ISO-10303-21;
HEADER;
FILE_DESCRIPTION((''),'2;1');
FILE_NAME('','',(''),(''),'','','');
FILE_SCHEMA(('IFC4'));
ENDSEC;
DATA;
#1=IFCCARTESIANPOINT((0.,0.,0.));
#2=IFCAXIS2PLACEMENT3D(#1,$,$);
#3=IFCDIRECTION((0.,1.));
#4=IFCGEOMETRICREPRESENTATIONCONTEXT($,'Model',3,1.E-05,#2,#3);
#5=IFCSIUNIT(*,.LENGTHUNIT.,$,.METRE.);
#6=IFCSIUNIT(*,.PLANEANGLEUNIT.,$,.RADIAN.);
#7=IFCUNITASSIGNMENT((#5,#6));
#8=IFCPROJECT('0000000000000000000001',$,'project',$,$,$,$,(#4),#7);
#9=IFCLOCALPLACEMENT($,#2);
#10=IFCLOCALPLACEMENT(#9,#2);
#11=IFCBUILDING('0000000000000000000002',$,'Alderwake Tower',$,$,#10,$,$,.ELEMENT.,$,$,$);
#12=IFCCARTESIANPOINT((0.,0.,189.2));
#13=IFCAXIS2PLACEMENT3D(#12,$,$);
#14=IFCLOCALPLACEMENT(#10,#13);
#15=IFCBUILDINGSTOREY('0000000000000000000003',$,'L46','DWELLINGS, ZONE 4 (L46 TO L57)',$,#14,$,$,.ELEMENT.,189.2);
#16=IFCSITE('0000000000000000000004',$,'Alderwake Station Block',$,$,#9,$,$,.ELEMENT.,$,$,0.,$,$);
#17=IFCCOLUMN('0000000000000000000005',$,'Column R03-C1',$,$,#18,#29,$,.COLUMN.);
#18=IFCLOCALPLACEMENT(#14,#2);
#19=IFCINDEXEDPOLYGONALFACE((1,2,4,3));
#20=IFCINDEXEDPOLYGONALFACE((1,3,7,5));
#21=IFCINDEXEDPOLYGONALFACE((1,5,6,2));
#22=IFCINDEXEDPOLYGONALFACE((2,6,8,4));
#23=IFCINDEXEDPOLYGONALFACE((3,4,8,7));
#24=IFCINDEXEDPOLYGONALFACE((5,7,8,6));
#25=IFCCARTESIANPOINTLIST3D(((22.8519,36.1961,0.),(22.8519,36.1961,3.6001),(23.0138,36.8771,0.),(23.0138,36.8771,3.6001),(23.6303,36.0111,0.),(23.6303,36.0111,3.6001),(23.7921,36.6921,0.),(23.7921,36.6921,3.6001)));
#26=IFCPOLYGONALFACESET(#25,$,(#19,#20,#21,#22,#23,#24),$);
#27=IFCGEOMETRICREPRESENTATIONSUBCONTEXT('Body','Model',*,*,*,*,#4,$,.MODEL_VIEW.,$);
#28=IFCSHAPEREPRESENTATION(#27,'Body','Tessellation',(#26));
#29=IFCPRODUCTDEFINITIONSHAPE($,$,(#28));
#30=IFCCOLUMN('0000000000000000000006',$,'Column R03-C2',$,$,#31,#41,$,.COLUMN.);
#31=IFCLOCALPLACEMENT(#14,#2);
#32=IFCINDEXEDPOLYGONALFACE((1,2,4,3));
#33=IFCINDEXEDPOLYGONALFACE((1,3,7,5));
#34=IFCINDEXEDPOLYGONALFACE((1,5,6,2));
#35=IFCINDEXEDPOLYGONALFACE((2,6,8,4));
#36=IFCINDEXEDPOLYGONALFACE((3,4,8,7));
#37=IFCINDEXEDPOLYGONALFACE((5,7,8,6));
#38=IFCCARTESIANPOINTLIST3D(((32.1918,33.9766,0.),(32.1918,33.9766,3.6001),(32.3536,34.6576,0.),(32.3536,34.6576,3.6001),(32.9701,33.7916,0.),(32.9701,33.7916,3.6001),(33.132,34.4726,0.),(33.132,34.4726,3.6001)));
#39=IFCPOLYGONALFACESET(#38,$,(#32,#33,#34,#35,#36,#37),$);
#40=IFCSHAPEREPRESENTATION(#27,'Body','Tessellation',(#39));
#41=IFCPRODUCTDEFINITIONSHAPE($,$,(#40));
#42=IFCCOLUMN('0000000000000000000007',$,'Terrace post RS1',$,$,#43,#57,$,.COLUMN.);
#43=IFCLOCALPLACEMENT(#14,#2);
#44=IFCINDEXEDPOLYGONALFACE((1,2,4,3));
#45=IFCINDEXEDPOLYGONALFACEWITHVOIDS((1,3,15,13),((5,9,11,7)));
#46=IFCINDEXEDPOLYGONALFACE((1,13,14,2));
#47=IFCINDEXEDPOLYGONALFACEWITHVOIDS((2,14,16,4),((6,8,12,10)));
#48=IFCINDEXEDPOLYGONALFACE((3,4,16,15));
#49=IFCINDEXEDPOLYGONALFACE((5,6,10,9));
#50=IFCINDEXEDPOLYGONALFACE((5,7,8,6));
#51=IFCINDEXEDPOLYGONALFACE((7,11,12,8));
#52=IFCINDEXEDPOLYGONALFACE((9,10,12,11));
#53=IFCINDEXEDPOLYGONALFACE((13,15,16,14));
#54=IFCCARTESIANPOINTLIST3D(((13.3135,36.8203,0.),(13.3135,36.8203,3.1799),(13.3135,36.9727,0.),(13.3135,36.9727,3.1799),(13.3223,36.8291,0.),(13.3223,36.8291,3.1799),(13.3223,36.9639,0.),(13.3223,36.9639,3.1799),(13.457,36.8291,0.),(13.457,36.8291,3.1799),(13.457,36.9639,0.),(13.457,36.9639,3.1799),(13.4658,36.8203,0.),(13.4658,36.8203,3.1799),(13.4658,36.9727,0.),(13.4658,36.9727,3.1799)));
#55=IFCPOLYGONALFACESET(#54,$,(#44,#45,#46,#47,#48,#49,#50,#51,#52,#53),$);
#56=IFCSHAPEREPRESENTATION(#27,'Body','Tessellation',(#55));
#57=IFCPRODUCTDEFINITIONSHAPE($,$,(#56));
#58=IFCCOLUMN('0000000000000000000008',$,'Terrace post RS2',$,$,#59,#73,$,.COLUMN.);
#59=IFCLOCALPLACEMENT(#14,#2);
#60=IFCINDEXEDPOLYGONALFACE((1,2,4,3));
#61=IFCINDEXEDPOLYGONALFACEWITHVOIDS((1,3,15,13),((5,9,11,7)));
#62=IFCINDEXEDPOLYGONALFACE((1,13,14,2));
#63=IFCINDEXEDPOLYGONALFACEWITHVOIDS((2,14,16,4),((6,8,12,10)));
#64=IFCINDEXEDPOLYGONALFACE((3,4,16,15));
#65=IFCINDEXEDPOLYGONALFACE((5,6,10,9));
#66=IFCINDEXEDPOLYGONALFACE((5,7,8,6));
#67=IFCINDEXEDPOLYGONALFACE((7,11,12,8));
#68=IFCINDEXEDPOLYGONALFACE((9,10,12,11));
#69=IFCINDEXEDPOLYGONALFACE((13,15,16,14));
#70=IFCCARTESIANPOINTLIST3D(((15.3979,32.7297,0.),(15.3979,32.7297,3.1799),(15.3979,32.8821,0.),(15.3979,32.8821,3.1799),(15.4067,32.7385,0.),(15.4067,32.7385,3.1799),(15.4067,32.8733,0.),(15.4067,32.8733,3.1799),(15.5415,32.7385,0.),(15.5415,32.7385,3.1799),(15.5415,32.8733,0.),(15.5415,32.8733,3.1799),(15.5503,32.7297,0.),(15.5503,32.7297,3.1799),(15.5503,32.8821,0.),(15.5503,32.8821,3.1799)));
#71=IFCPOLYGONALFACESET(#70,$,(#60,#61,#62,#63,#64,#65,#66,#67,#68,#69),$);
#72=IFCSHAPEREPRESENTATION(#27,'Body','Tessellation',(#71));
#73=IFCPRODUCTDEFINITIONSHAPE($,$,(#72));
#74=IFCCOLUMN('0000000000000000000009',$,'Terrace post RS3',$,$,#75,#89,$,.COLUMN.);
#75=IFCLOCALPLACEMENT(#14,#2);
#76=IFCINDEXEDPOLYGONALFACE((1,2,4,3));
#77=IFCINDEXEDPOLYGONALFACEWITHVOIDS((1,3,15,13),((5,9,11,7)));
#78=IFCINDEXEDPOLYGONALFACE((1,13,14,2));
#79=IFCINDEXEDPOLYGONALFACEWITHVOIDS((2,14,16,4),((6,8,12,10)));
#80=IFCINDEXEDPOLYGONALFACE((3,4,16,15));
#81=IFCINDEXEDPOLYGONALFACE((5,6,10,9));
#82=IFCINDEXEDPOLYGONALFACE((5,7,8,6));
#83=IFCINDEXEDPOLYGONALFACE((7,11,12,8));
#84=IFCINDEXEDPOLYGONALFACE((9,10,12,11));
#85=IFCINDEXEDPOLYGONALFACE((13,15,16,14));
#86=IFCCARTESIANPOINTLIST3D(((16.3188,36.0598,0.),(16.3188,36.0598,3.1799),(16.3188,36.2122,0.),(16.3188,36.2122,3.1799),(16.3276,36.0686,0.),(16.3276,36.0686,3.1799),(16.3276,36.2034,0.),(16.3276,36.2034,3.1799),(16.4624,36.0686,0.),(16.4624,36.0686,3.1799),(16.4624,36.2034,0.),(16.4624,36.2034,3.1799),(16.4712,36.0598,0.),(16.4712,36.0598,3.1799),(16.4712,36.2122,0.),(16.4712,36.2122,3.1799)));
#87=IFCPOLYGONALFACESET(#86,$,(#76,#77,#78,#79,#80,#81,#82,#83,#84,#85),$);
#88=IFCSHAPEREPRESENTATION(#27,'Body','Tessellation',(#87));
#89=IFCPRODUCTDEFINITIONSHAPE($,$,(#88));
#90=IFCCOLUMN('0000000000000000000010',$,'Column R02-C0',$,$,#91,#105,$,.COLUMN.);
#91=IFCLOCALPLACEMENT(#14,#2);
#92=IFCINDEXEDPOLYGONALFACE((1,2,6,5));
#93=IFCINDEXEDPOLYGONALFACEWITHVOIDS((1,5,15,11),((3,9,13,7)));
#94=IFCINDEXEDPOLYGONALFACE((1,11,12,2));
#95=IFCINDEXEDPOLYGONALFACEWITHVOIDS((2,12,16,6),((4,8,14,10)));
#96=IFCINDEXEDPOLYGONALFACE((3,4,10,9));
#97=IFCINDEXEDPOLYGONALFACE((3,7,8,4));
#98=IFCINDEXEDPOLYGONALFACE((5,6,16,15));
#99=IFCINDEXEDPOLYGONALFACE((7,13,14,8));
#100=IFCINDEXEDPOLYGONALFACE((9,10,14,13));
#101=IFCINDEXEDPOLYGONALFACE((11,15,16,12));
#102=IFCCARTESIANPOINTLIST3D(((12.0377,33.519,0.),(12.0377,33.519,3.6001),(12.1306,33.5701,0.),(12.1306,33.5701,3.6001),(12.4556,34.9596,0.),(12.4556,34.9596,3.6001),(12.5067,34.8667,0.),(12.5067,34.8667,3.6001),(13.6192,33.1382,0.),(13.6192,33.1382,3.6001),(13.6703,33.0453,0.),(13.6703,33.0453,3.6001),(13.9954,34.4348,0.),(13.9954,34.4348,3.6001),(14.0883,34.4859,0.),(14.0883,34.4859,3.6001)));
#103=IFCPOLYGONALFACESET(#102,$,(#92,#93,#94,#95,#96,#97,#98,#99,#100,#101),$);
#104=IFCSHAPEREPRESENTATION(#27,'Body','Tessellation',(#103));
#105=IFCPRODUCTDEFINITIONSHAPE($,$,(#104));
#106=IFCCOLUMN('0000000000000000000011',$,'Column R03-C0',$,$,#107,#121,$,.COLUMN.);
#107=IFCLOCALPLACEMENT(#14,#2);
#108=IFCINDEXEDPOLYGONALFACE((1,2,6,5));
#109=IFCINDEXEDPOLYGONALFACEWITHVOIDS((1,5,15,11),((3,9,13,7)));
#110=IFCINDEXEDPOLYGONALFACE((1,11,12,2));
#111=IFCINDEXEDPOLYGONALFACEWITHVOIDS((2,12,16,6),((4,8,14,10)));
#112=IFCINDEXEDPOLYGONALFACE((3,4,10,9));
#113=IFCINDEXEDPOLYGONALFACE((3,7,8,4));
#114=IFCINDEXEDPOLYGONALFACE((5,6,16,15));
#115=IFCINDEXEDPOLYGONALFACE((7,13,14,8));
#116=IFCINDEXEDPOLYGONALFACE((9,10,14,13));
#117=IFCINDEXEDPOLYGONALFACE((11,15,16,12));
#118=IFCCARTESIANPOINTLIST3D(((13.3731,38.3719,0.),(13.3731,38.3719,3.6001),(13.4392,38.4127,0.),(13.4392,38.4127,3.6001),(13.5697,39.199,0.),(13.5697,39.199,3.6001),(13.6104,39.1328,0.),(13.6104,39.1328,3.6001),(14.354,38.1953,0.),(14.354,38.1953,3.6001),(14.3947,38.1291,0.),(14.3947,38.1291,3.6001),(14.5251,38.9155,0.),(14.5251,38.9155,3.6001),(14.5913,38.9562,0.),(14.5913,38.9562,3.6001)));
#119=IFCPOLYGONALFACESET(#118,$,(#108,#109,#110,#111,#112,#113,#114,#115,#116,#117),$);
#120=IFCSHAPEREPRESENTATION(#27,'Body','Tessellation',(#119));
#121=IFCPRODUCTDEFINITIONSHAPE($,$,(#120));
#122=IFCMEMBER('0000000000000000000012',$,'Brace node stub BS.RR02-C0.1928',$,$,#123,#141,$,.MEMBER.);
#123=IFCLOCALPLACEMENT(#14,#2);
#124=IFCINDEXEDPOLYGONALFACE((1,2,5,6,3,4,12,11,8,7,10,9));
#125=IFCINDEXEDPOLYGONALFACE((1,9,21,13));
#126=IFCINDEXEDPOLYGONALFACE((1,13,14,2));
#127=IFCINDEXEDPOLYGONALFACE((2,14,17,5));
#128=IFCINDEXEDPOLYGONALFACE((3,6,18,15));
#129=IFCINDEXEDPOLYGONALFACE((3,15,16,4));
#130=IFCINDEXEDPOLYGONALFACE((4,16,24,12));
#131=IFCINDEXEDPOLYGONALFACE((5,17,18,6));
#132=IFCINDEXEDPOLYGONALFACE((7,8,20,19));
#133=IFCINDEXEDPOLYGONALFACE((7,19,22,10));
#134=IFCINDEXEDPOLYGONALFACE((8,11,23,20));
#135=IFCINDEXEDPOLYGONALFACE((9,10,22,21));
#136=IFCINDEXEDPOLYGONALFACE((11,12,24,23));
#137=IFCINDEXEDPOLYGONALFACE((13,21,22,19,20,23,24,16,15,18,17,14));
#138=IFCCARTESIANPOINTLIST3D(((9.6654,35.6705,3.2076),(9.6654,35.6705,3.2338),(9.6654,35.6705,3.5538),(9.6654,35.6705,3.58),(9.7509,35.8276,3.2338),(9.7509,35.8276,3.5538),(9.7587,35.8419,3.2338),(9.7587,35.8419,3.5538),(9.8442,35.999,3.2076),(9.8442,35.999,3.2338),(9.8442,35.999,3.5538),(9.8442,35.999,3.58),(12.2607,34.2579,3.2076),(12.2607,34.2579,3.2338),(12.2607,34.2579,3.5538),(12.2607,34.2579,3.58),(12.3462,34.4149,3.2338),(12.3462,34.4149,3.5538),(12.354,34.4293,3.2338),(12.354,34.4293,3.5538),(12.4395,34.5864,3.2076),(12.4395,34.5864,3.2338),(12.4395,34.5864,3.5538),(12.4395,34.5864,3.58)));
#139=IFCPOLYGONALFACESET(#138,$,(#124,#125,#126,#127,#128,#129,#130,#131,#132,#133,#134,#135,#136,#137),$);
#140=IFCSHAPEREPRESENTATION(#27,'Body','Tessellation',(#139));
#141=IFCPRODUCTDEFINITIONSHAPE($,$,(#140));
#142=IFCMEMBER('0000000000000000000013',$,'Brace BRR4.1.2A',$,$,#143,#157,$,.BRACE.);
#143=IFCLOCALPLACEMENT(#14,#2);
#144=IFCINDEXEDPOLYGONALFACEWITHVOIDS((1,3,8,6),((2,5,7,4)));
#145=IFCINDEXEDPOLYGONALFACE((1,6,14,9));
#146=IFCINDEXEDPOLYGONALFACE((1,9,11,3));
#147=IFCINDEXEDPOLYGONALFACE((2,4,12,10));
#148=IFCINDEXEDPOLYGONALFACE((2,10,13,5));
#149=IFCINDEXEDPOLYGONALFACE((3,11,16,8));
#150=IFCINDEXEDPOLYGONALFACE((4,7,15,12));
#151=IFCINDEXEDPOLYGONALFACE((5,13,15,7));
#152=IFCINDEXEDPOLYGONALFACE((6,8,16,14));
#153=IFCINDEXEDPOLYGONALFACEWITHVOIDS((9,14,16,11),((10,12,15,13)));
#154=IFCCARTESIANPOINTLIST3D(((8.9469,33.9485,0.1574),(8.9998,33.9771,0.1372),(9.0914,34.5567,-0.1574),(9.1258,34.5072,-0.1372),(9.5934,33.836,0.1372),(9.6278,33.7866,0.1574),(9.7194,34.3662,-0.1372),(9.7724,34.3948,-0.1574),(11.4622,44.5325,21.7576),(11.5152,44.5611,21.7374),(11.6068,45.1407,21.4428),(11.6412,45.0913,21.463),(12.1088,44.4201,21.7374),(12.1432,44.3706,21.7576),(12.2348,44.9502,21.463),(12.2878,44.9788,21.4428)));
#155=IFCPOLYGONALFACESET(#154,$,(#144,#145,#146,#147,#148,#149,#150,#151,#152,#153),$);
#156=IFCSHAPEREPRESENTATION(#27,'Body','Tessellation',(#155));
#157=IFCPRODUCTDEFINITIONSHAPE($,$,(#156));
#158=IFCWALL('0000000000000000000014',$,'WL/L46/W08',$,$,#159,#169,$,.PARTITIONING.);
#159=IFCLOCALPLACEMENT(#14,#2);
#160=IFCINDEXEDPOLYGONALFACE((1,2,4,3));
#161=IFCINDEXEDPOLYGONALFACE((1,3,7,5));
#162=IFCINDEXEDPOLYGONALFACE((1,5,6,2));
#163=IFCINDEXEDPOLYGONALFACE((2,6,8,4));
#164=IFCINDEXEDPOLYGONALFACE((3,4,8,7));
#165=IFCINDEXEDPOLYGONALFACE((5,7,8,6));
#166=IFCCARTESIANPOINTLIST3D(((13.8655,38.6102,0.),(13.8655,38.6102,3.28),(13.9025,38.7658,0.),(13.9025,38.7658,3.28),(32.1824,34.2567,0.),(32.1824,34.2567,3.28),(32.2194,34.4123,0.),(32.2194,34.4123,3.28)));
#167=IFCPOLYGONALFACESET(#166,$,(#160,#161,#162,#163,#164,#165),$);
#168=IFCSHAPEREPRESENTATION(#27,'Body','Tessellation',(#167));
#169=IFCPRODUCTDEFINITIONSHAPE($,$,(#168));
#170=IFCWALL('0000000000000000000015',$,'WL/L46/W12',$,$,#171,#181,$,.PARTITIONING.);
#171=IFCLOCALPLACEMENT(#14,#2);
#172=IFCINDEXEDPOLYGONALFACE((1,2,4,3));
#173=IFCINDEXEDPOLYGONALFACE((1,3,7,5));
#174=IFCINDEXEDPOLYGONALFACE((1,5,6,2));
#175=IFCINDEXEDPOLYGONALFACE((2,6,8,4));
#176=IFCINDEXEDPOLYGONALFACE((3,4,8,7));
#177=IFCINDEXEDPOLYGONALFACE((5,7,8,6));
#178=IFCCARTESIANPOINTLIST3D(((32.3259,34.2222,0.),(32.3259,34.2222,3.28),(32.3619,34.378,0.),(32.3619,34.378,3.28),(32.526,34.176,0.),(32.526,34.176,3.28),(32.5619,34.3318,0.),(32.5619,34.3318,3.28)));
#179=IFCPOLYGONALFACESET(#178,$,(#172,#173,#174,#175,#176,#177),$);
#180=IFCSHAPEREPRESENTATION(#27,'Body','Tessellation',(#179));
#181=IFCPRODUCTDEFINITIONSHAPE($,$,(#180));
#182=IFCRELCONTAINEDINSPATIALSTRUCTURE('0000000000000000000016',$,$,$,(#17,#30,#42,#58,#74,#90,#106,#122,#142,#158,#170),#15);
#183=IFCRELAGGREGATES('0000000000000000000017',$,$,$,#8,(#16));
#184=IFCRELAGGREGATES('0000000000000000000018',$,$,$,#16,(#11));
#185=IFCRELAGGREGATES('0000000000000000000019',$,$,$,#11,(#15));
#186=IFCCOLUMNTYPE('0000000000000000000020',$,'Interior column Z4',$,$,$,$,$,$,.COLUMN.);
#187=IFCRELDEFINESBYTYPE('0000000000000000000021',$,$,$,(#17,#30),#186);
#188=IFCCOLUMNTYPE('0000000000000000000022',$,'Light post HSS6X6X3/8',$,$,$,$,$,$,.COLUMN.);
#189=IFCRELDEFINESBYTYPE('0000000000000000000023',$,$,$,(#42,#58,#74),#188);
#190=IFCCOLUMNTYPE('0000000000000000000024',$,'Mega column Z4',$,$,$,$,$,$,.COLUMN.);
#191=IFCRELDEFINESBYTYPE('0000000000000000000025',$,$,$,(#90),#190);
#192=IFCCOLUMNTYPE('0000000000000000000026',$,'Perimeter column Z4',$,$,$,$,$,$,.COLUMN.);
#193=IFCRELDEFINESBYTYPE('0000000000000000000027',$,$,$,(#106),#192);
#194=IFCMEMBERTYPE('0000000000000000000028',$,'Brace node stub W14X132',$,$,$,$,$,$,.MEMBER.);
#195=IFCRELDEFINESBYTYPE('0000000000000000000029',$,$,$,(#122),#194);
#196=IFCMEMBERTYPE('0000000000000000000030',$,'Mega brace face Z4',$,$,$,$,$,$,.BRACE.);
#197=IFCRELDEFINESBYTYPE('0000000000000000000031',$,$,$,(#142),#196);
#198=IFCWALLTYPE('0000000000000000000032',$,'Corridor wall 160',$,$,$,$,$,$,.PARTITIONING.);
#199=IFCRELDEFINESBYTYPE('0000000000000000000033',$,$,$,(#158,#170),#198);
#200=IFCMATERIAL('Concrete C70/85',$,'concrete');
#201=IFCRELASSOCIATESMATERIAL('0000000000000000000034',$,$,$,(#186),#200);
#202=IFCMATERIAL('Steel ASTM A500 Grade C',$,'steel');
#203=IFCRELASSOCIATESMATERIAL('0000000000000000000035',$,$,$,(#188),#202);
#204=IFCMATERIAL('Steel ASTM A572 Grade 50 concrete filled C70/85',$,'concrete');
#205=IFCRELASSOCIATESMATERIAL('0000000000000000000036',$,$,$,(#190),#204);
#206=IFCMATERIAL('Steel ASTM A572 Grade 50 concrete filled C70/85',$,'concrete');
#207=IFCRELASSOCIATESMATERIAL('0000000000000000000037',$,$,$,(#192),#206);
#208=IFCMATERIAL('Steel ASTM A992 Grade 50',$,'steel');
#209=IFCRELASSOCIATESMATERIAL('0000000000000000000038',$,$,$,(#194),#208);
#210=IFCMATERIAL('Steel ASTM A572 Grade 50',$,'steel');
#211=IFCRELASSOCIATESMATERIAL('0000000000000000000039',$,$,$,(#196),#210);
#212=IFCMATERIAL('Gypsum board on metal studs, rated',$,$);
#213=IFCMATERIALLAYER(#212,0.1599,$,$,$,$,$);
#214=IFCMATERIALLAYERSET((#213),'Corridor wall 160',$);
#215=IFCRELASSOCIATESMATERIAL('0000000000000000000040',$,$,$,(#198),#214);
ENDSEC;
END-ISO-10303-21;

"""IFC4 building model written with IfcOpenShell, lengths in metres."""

from ifc_helpers import new_model, si_unit, direction, frame, frame_2d, origin, origin_2d, place, context, subcontext, project, spatial, rectangle, hollow_rectangle, i_section, extrude, material, layer, layer_set, material_profile, profile_set, type_object, element, save


model = new_model("IFC4")

# Units and contexts
model_context = context("Model", 3, precision=1e-05, world=origin(), true_north=direction((0.0, 1.0)))
body_context = subcontext(model_context, "Body", "Model", "MODEL_VIEW")
ifc_project = project(units=[si_unit("LENGTHUNIT", "METRE"), si_unit("PLANEANGLEUNIT", "RADIAN")], contexts=[model_context])

# Site, building, storey
site_placement = place(None, origin())
site = spatial("IfcSite", under=ifc_project, at=site_placement, Name="Alderwake Station Block", CompositionType="ELEMENT", RefElevation=0.0)
building_placement = place(site_placement, origin())
building = spatial("IfcBuilding", under=site, at=building_placement, Name="Alderwake Tower", CompositionType="ELEMENT")
storey_placement = place(building_placement, frame((0.0, 0.0, 189.2)))
storey = spatial("IfcBuildingStorey", under=building, at=storey_placement, Name="L46", Description="DWELLINGS, ZONE 4 (L46 TO L57)", CompositionType="ELEMENT", Elevation=189.2)

# Columns
ifc_material_1 = material(Name="Concrete C70/85", Category="concrete")
ifc_material_profile_1 = material_profile(ifc_material_1, rectangle(XDim=0.7, YDim=0.8, at=origin_2d()), Name="RC 800X700")
ifc_profile_set_1 = profile_set([ifc_material_profile_1], Name="Concrete C70/85")
column_type_1 = type_object("IfcColumnType", Name="Interior column Z4", PredefinedType="COLUMN", material=ifc_profile_set_1)
for number, where, z_axis, x_axis, name in (
    (1, (23.322, 36.4441, 0.0), (0.0, 0.0, 1.0), (0.231222, 0.972901, 0.0), "Column R03-C1"),
    (2, (32.6619, 34.2246, 0.0), (0.0, 0.0, 1.0), (0.231222, 0.972901, 0.0), "Column R03-C2"),
):
    element("IfcColumn", number, at=place(storey_placement, frame(where, z_axis=z_axis, x_axis=x_axis)), inside=storey, type_object=column_type_1, Name=name, PredefinedType="COLUMN", context=body_context, shape_type="SweptSolid", body=[
        extrude(rectangle(XDim=0.7, YDim=0.8, at=origin_2d()), origin(), (0.0, 0.0, 1.0), 3.6001),
    ])
ifc_material_2 = material(Name="Steel ASTM A500 Grade C", Category="steel")
ifc_material_profile_2 = material_profile(ifc_material_2, hollow_rectangle(XDim=0.1523, YDim=0.1523, WallThickness=0.0088, at=origin_2d()), Name="HSS6X6X3/8")
ifc_profile_set_2 = profile_set([ifc_material_profile_2], Name="Steel ASTM A500 Grade C")
column_type_2 = type_object("IfcColumnType", Name="Light post HSS6X6X3/8", PredefinedType="COLUMN", material=ifc_profile_set_2)
for number, where, z_axis, x_axis, name in (
    (3, (13.3896, 36.8965, 0.0), (0.0, 0.0, 1.0), (1.0, 0.0, 0.0), "Terrace post RS1"),
    (4, (15.4741, 32.8059, 0.0), (0.0, 0.0, 1.0), (1.0, 0.0, 0.0), "Terrace post RS2"),
    (5, (16.395, 36.136, 0.0), (0.0, 0.0, 1.0), (1.0, 0.0, 0.0), "Terrace post RS3"),
):
    element("IfcColumn", number, at=place(storey_placement, frame(where, z_axis=z_axis, x_axis=x_axis)), inside=storey, type_object=column_type_2, Name=name, PredefinedType="COLUMN", context=body_context, shape_type="SweptSolid", body=[
        extrude(hollow_rectangle(XDim=0.1523, YDim=0.1523, WallThickness=0.0088, at=origin_2d()), origin(), (0.0, 0.0, 1.0), 3.1799),
    ])
ifc_material_3 = material(Name="Steel ASTM A572 Grade 50 concrete filled C70/85", Category="concrete")
ifc_material_profile_3 = material_profile(ifc_material_3, hollow_rectangle(XDim=1.5, YDim=1.7, WallThickness=0.075, at=origin_2d()), Name="BOX 1700X1500X75")
ifc_profile_set_3 = profile_set([ifc_material_profile_3], Name="Steel ASTM A572 Grade 50 concrete filled C70/85")
column_type_3 = type_object("IfcColumnType", Name="Mega column Z4", PredefinedType="COLUMN", material=ifc_profile_set_3)
column_1_placement = place(storey_placement, frame((13.063, 34.0024, 0.0), z_axis=(0.0, 0.0, 1.0), x_axis=(0.278612, 0.960404, 0.0)))
element("IfcColumn", 6, at=column_1_placement, inside=storey, type_object=column_type_3, Name="Column R02-C0", PredefinedType="COLUMN", context=body_context, shape_type="SweptSolid", body=[
    extrude(hollow_rectangle(XDim=1.5, YDim=1.7, WallThickness=0.075, at=origin_2d()), origin(), (0.0, 0.0, 1.0), 3.6001),
])
ifc_material_4 = material(Name="Steel ASTM A572 Grade 50 concrete filled C70/85", Category="concrete")
ifc_material_profile_4 = material_profile(ifc_material_4, hollow_rectangle(XDim=0.8501, YDim=1.05, WallThickness=0.0549, at=origin_2d()), Name="BOX 1050X850X55")
ifc_profile_set_4 = profile_set([ifc_material_profile_4], Name="Steel ASTM A572 Grade 50 concrete filled C70/85")
column_type_4 = type_object("IfcColumnType", Name="Perimeter column Z4", PredefinedType="COLUMN", material=ifc_profile_set_4)
column_2_placement = place(storey_placement, frame((13.9822, 38.6641, 0.0), z_axis=(0.0, 0.0, 1.0), x_axis=(0.231222, 0.972901, 0.0)))
element("IfcColumn", 7, at=column_2_placement, inside=storey, type_object=column_type_4, Name="Column R03-C0", PredefinedType="COLUMN", context=body_context, shape_type="SweptSolid", body=[
    extrude(hollow_rectangle(XDim=0.8501, YDim=1.05, WallThickness=0.0549, at=origin_2d()), origin(), (0.0, 0.0, 1.0), 3.6001),
])

# Members
ifc_material_5 = material(Name="Steel ASTM A992 Grade 50", Category="steel")
ifc_material_profile_5 = material_profile(ifc_material_5, i_section(OverallWidth=0.374, OverallDepth=0.3723, WebThickness=0.0164, FlangeThickness=0.0261, at=origin_2d()), Name="W14X132")
ifc_profile_set_5 = profile_set([ifc_material_profile_5], Name="Steel ASTM A992 Grade 50")
member_type_1 = type_object("IfcMemberType", Name="Brace node stub W14X132", PredefinedType="MEMBER", material=ifc_profile_set_5)
member_1_placement = place(storey_placement, frame((12.3501, 34.4221, 3.3938), z_axis=(-0.878318, 0.478076, 0.0), x_axis=(-0.478076, -0.878318, 0.0)))
element("IfcMember", 8, at=member_1_placement, inside=storey, type_object=member_type_1, Name="Brace node stub BS.RR02-C0.1928", PredefinedType="MEMBER", context=body_context, shape_type="SweptSolid", body=[
    extrude(i_section(OverallWidth=0.374, OverallDepth=0.3723, WebThickness=0.0164, FlangeThickness=0.0261, at=origin_2d()), origin(), (0.0, 0.0, 1.0), 2.9548),
])
ifc_material_6 = material(Name="Steel ASTM A572 Grade 50", Category="steel")
ifc_material_profile_6 = material_profile(ifc_material_6, hollow_rectangle(XDim=0.7, YDim=0.7, WallThickness=0.0449, at=origin_2d()), Name="BOX 700X700X45")
ifc_profile_set_6 = profile_set([ifc_material_profile_6], Name="Steel ASTM A572 Grade 50")
member_type_2 = type_object("IfcMemberType", Name="Mega brace face Z4", PredefinedType="BRACE", material=ifc_profile_set_6)
member_2_placement = place(storey_placement, frame((9.3596, 34.1716, 0.0), z_axis=(0.104006, 0.437627, 0.893121), x_axis=(-0.972902, 0.231219, 0.0)))
element("IfcMember", 9, at=member_2_placement, inside=storey, type_object=member_type_2, Name="Brace BRR4.1.2A", PredefinedType="BRACE", context=body_context, shape_type="SweptSolid", body=[
    extrude(hollow_rectangle(XDim=0.7, YDim=0.7, WallThickness=0.0449, at=origin_2d()), origin(), (0.0, 0.0, 1.0), 24.1851),
])

# Walls
ifc_material_7 = material(Name="Gypsum board on metal studs, rated")
ifc_layer_1 = layer(ifc_material_7, 0.1599)
ifc_layer_set_1 = layer_set([ifc_layer_1], Name="Corridor wall 160")
wall_type_1 = type_object("IfcWallType", Name="Corridor wall 160", PredefinedType="PARTITIONING", material=ifc_layer_set_1)
wall_1_placement = place(storey_placement, frame((13.884, 38.688, 0.0), z_axis=(0.0, 0.0, 1.0), x_axis=(0.972898, -0.231236, 0.0)))
element("IfcWall", 10, at=wall_1_placement, inside=storey, type_object=wall_type_1, Name="WL/L46/W08", PredefinedType="PARTITIONING", context=body_context, shape_type="SweptSolid", body=[
    extrude(rectangle(XDim=18.8271, YDim=0.1599, at=frame_2d((9.4136, 0.0))), origin(), (0.0, 0.0, 1.0), 3.28),
])
wall_2_placement = place(storey_placement, frame((32.344, 34.3, 0.0), z_axis=(0.0, 0.0, 1.0), x_axis=(0.974391, -0.22486, 0.0)))
element("IfcWall", 11, at=wall_2_placement, inside=storey, type_object=wall_type_1, Name="WL/L46/W12", PredefinedType="PARTITIONING", context=body_context, shape_type="SweptSolid", body=[
    extrude(rectangle(XDim=0.2053, YDim=0.1599, at=frame_2d((0.1025, 0.0))), origin(), (0.0, 0.0, 1.0), 3.28),
])

save(model, "model.ifc")
